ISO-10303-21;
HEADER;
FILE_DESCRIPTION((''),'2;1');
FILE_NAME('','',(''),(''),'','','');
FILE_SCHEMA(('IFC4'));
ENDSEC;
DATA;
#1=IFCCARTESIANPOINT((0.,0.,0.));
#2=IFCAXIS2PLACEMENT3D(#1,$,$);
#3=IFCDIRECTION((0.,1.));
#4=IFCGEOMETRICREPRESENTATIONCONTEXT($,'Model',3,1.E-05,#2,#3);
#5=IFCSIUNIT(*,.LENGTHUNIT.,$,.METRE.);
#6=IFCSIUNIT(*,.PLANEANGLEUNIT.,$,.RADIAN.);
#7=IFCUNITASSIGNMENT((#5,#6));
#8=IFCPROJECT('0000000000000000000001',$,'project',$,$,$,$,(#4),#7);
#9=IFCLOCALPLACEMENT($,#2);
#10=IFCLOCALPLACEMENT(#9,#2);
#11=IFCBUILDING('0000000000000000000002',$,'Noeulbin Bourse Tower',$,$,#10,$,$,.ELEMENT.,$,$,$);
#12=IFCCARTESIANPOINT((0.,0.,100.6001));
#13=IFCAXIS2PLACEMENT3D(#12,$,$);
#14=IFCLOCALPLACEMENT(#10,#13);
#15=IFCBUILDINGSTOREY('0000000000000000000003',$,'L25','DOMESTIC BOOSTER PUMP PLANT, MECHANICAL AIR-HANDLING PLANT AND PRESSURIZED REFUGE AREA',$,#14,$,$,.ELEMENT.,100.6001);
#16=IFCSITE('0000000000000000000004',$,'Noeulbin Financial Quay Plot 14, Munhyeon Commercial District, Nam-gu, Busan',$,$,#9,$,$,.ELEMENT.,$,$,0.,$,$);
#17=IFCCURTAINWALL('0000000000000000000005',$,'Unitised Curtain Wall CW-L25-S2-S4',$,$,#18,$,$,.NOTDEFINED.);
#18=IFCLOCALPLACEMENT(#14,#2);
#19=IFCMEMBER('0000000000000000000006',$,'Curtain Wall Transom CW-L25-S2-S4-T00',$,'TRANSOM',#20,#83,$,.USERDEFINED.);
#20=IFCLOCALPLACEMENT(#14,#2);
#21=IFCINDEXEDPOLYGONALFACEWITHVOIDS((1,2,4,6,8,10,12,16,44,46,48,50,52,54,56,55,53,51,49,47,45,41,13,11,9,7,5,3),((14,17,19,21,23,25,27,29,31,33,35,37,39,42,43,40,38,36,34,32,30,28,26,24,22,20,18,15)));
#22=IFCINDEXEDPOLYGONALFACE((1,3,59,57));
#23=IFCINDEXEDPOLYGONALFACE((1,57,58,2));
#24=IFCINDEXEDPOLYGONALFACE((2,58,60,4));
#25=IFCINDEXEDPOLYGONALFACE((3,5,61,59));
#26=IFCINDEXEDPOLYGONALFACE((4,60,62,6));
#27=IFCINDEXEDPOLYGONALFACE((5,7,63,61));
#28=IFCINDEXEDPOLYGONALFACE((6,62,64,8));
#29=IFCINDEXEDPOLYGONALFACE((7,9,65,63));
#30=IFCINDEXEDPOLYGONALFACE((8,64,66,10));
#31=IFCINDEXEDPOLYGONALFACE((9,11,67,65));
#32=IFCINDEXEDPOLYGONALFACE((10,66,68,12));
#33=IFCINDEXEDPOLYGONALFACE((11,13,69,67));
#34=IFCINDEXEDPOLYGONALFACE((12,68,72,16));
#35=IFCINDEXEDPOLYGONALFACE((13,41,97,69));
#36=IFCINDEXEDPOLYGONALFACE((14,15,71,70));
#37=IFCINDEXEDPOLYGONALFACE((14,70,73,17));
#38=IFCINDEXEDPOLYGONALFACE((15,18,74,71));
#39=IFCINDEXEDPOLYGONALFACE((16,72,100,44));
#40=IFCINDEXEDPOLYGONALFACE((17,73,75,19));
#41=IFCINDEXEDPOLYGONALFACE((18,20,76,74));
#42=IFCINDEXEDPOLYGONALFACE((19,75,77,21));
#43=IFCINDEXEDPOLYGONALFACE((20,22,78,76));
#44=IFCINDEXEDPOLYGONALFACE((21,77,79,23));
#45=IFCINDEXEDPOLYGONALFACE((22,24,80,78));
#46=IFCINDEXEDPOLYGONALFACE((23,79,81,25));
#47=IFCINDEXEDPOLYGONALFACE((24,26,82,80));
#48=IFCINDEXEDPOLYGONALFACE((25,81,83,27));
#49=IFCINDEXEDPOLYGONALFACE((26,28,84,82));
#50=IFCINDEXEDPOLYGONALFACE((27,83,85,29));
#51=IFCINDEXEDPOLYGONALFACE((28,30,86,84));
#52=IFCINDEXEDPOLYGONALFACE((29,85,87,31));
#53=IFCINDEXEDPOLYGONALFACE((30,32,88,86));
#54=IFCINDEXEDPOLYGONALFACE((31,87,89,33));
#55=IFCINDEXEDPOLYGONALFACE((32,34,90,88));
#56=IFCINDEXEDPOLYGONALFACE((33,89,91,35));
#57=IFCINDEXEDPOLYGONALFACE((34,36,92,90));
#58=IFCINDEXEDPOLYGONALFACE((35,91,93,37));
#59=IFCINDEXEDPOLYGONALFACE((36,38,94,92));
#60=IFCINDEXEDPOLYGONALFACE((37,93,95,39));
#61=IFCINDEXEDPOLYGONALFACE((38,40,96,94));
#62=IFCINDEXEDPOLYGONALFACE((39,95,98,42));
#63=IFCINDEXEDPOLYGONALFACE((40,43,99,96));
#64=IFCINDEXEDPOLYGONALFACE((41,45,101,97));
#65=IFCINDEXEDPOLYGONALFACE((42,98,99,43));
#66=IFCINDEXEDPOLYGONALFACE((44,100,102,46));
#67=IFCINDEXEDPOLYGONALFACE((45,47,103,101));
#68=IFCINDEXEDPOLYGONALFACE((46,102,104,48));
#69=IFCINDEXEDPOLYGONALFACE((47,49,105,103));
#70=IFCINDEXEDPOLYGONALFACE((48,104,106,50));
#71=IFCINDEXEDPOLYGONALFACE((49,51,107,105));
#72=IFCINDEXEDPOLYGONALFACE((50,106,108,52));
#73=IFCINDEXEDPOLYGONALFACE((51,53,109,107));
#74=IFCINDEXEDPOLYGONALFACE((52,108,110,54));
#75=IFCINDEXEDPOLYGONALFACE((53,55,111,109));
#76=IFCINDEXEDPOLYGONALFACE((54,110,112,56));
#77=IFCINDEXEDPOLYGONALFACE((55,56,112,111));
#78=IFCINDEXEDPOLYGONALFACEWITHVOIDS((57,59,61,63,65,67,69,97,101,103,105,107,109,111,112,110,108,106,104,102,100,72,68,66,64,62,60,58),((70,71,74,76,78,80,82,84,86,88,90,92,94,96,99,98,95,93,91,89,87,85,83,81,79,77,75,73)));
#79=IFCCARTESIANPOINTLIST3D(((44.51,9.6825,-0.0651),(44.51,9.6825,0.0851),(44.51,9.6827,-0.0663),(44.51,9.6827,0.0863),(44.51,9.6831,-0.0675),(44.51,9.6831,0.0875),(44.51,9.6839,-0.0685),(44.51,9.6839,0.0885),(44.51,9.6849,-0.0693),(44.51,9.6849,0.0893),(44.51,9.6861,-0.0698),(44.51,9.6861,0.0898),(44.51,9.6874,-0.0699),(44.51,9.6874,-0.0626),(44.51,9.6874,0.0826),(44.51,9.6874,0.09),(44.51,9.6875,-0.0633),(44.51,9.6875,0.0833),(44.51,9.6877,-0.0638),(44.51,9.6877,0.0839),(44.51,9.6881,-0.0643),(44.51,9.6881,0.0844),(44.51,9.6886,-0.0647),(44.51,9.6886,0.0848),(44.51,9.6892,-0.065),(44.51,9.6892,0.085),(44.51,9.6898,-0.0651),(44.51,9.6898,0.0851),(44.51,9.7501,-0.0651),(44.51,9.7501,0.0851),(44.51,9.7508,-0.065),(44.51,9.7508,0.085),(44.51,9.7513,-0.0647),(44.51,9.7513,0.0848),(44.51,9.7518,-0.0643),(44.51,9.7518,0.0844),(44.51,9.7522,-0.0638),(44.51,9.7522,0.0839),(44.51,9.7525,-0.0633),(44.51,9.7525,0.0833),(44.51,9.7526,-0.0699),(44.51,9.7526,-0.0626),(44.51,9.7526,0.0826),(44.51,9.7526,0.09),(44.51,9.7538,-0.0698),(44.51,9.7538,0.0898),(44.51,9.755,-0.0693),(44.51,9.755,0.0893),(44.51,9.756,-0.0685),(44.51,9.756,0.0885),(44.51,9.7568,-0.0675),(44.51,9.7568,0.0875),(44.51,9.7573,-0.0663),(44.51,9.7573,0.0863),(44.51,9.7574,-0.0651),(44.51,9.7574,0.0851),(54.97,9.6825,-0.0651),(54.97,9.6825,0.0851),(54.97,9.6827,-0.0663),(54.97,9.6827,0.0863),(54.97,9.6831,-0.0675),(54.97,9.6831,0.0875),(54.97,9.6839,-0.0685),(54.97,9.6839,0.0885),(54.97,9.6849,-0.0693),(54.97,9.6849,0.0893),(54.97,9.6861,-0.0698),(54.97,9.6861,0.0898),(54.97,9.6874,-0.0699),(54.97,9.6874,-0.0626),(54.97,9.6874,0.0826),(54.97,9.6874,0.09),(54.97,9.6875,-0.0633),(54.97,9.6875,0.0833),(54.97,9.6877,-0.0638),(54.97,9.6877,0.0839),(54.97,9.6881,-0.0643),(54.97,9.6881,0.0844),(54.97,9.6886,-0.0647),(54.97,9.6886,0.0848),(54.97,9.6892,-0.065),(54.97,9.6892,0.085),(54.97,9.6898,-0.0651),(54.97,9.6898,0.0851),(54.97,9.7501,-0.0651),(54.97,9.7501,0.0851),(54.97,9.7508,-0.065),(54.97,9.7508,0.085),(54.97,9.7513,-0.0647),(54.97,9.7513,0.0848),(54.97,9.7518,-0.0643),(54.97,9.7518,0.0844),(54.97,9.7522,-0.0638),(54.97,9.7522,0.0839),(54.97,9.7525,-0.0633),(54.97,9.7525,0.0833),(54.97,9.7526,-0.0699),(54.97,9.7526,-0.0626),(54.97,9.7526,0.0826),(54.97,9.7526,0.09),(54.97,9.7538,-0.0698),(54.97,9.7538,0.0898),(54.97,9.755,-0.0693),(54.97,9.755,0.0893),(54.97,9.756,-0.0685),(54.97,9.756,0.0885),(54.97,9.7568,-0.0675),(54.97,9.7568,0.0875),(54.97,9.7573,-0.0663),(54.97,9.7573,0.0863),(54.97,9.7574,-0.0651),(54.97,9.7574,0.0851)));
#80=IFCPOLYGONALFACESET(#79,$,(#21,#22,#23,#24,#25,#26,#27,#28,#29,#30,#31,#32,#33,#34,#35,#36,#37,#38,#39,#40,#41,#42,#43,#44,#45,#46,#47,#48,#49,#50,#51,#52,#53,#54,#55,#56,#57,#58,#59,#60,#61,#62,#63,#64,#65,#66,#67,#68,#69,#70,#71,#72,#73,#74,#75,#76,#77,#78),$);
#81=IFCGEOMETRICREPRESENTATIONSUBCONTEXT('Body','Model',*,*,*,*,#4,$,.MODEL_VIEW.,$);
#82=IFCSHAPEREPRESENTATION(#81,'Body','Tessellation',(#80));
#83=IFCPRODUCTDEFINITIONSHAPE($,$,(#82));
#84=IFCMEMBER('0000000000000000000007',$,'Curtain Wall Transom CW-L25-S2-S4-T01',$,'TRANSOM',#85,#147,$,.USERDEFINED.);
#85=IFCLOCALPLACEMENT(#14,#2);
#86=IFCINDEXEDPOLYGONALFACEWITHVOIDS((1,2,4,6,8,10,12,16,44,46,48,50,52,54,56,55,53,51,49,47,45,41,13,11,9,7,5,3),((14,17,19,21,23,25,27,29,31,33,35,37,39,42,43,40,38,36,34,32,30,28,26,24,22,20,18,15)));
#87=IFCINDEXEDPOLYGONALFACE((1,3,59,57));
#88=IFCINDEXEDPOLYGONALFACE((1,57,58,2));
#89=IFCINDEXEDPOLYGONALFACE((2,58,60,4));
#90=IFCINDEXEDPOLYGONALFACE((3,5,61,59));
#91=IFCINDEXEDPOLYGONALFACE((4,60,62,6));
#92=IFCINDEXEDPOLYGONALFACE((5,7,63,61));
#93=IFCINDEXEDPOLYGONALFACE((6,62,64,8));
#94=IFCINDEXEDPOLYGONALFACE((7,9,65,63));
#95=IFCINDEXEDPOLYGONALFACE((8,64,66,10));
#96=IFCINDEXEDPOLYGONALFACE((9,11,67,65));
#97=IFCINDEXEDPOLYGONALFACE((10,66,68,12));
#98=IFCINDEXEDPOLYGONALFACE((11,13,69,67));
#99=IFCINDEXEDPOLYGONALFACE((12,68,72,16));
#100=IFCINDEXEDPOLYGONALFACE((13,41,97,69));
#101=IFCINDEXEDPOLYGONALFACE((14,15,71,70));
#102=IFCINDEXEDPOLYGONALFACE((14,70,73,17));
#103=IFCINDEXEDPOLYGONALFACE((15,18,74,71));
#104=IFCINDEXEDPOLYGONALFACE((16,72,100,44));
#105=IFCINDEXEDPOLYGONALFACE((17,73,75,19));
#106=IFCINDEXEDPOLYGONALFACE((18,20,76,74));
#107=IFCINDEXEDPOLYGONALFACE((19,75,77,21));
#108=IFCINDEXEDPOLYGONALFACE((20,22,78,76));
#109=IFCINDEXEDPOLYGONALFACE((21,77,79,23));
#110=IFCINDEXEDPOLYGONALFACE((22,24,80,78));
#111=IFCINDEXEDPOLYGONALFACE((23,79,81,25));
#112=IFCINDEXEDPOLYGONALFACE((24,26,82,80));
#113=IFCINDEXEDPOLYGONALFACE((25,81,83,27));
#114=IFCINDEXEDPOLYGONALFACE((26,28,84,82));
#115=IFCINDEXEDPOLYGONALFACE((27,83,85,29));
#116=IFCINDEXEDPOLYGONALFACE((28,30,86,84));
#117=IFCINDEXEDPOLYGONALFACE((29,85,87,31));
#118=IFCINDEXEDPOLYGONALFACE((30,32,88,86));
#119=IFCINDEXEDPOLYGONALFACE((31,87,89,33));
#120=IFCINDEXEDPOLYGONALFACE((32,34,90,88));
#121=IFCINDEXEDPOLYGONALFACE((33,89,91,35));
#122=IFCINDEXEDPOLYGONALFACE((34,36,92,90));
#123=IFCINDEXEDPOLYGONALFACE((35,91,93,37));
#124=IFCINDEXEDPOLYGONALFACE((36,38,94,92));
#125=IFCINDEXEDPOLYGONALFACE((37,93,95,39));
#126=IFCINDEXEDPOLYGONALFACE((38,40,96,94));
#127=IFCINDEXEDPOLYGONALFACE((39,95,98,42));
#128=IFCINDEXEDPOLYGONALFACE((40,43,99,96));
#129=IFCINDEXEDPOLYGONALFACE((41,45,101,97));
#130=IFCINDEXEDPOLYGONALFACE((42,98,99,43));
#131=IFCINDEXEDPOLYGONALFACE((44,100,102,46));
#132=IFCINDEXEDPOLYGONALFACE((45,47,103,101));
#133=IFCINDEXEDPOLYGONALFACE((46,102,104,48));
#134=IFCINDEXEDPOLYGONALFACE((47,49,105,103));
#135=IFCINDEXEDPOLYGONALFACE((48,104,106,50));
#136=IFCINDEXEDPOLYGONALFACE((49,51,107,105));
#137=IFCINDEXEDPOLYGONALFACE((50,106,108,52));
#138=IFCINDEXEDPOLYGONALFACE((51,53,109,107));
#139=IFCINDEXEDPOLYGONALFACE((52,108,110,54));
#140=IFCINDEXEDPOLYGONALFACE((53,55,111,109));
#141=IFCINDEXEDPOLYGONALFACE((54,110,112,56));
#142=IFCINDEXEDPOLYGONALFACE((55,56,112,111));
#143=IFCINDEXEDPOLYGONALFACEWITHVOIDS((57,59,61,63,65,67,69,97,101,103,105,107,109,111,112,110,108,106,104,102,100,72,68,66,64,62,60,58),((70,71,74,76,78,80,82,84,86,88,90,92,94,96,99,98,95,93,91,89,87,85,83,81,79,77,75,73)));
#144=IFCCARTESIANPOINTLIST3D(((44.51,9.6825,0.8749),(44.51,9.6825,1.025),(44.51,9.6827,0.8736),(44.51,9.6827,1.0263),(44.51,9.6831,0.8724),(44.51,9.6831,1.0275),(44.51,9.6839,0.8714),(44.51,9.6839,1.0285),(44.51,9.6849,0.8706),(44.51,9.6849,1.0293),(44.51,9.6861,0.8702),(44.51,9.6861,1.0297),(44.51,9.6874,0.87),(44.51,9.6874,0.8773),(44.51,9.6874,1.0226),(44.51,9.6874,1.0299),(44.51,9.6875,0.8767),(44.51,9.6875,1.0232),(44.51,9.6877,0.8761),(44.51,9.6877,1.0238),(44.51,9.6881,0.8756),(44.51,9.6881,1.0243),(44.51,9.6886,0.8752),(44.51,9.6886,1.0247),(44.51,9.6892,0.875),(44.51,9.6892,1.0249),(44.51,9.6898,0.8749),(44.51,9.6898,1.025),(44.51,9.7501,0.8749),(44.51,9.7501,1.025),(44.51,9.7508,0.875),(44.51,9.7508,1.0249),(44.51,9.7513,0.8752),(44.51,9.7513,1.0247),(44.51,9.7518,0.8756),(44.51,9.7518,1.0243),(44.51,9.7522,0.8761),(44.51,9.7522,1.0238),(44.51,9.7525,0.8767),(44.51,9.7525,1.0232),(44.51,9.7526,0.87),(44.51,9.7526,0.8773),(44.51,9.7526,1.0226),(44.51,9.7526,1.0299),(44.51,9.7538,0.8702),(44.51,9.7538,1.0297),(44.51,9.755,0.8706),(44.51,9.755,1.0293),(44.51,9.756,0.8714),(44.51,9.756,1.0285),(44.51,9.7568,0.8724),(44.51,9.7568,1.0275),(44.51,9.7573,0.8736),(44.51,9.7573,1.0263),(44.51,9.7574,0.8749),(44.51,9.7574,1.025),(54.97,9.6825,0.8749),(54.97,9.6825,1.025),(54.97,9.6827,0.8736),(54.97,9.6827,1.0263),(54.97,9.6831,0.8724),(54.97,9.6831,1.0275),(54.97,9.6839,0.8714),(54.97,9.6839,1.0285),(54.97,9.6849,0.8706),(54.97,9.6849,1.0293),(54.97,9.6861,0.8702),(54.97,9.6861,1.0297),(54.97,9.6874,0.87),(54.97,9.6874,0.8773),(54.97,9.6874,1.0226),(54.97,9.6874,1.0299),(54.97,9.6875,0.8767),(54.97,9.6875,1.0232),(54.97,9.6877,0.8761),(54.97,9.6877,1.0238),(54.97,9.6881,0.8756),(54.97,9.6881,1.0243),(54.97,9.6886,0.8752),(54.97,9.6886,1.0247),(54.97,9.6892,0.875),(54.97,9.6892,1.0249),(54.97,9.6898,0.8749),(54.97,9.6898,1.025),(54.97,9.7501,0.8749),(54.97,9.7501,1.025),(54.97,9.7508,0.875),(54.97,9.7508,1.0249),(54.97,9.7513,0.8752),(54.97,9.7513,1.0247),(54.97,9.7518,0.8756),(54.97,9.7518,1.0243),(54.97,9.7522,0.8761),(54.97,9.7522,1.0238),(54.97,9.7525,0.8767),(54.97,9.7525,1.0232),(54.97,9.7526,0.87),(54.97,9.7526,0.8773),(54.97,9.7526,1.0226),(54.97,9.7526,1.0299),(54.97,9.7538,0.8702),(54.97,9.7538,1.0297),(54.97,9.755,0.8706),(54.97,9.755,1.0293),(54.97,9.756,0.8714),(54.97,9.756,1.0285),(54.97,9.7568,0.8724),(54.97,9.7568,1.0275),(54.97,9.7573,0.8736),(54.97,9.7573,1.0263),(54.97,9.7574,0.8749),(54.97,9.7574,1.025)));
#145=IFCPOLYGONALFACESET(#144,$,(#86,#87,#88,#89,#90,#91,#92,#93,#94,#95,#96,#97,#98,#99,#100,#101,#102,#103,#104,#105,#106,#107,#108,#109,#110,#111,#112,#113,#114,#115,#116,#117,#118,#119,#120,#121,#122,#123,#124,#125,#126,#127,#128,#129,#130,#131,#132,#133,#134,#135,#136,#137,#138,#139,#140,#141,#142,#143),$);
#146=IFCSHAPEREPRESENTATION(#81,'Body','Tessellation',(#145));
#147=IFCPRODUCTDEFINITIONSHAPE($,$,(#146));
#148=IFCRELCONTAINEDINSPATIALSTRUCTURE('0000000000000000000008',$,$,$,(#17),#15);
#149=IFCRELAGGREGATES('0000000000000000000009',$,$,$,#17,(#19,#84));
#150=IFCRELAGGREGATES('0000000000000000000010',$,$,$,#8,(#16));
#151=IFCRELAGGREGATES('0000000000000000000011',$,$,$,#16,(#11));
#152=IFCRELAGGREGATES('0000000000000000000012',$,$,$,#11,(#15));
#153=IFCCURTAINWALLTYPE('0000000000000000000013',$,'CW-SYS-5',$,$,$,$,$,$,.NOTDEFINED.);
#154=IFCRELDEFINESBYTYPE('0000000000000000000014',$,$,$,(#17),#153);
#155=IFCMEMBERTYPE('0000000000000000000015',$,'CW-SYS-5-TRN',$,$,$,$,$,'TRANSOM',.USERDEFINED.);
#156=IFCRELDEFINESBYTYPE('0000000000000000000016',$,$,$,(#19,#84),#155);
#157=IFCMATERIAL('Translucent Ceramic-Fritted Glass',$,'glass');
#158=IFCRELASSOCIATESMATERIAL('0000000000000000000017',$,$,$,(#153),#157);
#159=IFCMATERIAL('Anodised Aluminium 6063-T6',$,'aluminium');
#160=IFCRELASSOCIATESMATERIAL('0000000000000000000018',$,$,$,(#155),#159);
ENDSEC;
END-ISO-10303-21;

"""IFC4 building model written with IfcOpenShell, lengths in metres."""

from ifc_helpers import new_model, si_unit, direction, frame, origin, origin_2d, place, context, subcontext, project, spatial, hollow_rectangle, extrude, material, material_profile, profile_set, type_object, element, aggregate, save


model = new_model("IFC4")

# Units and contexts
model_context = context("Model", 3, precision=1e-05, world=origin(), true_north=direction((0.0, 1.0)))
body_context = subcontext(model_context, "Body", "Model", "MODEL_VIEW")
ifc_project = project(units=[si_unit("LENGTHUNIT", "METRE"), si_unit("PLANEANGLEUNIT", "RADIAN")], contexts=[model_context])

# Site, building, storey
site_placement = place(None, origin())
site = spatial("IfcSite", under=ifc_project, at=site_placement, Name="Noeulbin Financial Quay Plot 14, Munhyeon Commercial District, Nam-gu, Busan", CompositionType="ELEMENT", RefElevation=0.0)
building_placement = place(site_placement, origin())
building = spatial("IfcBuilding", under=site, at=building_placement, Name="Noeulbin Bourse Tower", CompositionType="ELEMENT")
storey_placement = place(building_placement, frame((0.0, 0.0, 100.6001)))
storey = spatial("IfcBuildingStorey", under=building, at=storey_placement, Name="L25", Description="DOMESTIC BOOSTER PUMP PLANT, MECHANICAL AIR-HANDLING PLANT AND PRESSURIZED REFUGE AREA", CompositionType="ELEMENT", Elevation=100.6001)

# Curtain wall
ifc_material_1 = material(Name="Translucent Ceramic-Fritted Glass", Category="glass")
curtain_wall_type = type_object("IfcCurtainWallType", Name="CW-SYS-5", PredefinedType="NOTDEFINED", material=ifc_material_1)
curtain_wall_1_placement = place(storey_placement, origin())
curtain_wall_1 = element("IfcCurtainWall", 1, at=curtain_wall_1_placement, inside=storey, type_object=curtain_wall_type, Name="Unitised Curtain Wall CW-L25-S2-S4", PredefinedType="NOTDEFINED")
ifc_material_2 = material(Name="Anodised Aluminium 6063-T6", Category="aluminium")

# Members
ifc_material_profile_1 = material_profile(ifc_material_2, hollow_rectangle(XDim=0.075, YDim=0.1599, WallThickness=0.0049, InnerFilletRadius=0.0024, OuterFilletRadius=0.0049, at=origin_2d()), Name="ALU-TRAN-75x160x5", Category="LoadBearing")
ifc_profile_set_1 = profile_set([ifc_material_profile_1], Name="Anodised Aluminium 6063-T6")
member_type_1 = type_object("IfcMemberType", Name="CW-SYS-5-TRN", ElementType="TRANSOM", PredefinedType="USERDEFINED", material=ifc_profile_set_1)
member_1_placement = place(storey_placement, frame((44.51, 9.72, 0.01), z_axis=(1.0, 0.0, 0.0), x_axis=(0.0, 1.0, 0.0)))
member_1 = element("IfcMember", 2, at=member_1_placement, type_object=member_type_1, Name="Curtain Wall Transom CW-L25-S2-S4-T00", ObjectType="TRANSOM", PredefinedType="USERDEFINED", context=body_context, shape_type="SweptSolid", body=[
    extrude(hollow_rectangle(XDim=0.075, YDim=0.1599, WallThickness=0.0049, InnerFilletRadius=0.0024, OuterFilletRadius=0.0049, at=origin_2d()), origin(), (0.0, 0.0, 1.0), 10.46),
])
member_2_placement = place(storey_placement, frame((44.51, 9.72, 0.95), z_axis=(1.0, 0.0, 0.0), x_axis=(0.0, 1.0, 0.0)))
member_2 = element("IfcMember", 3, at=member_2_placement, type_object=member_type_1, Name="Curtain Wall Transom CW-L25-S2-S4-T01", ObjectType="TRANSOM", PredefinedType="USERDEFINED", context=body_context, shape_type="SweptSolid", body=[
    extrude(hollow_rectangle(XDim=0.075, YDim=0.1599, WallThickness=0.0049, InnerFilletRadius=0.0024, OuterFilletRadius=0.0049, at=origin_2d()), origin(), (0.0, 0.0, 1.0), 10.46),
])

aggregate(curtain_wall_1, [member_1, member_2])

save(model, "model.ifc")
